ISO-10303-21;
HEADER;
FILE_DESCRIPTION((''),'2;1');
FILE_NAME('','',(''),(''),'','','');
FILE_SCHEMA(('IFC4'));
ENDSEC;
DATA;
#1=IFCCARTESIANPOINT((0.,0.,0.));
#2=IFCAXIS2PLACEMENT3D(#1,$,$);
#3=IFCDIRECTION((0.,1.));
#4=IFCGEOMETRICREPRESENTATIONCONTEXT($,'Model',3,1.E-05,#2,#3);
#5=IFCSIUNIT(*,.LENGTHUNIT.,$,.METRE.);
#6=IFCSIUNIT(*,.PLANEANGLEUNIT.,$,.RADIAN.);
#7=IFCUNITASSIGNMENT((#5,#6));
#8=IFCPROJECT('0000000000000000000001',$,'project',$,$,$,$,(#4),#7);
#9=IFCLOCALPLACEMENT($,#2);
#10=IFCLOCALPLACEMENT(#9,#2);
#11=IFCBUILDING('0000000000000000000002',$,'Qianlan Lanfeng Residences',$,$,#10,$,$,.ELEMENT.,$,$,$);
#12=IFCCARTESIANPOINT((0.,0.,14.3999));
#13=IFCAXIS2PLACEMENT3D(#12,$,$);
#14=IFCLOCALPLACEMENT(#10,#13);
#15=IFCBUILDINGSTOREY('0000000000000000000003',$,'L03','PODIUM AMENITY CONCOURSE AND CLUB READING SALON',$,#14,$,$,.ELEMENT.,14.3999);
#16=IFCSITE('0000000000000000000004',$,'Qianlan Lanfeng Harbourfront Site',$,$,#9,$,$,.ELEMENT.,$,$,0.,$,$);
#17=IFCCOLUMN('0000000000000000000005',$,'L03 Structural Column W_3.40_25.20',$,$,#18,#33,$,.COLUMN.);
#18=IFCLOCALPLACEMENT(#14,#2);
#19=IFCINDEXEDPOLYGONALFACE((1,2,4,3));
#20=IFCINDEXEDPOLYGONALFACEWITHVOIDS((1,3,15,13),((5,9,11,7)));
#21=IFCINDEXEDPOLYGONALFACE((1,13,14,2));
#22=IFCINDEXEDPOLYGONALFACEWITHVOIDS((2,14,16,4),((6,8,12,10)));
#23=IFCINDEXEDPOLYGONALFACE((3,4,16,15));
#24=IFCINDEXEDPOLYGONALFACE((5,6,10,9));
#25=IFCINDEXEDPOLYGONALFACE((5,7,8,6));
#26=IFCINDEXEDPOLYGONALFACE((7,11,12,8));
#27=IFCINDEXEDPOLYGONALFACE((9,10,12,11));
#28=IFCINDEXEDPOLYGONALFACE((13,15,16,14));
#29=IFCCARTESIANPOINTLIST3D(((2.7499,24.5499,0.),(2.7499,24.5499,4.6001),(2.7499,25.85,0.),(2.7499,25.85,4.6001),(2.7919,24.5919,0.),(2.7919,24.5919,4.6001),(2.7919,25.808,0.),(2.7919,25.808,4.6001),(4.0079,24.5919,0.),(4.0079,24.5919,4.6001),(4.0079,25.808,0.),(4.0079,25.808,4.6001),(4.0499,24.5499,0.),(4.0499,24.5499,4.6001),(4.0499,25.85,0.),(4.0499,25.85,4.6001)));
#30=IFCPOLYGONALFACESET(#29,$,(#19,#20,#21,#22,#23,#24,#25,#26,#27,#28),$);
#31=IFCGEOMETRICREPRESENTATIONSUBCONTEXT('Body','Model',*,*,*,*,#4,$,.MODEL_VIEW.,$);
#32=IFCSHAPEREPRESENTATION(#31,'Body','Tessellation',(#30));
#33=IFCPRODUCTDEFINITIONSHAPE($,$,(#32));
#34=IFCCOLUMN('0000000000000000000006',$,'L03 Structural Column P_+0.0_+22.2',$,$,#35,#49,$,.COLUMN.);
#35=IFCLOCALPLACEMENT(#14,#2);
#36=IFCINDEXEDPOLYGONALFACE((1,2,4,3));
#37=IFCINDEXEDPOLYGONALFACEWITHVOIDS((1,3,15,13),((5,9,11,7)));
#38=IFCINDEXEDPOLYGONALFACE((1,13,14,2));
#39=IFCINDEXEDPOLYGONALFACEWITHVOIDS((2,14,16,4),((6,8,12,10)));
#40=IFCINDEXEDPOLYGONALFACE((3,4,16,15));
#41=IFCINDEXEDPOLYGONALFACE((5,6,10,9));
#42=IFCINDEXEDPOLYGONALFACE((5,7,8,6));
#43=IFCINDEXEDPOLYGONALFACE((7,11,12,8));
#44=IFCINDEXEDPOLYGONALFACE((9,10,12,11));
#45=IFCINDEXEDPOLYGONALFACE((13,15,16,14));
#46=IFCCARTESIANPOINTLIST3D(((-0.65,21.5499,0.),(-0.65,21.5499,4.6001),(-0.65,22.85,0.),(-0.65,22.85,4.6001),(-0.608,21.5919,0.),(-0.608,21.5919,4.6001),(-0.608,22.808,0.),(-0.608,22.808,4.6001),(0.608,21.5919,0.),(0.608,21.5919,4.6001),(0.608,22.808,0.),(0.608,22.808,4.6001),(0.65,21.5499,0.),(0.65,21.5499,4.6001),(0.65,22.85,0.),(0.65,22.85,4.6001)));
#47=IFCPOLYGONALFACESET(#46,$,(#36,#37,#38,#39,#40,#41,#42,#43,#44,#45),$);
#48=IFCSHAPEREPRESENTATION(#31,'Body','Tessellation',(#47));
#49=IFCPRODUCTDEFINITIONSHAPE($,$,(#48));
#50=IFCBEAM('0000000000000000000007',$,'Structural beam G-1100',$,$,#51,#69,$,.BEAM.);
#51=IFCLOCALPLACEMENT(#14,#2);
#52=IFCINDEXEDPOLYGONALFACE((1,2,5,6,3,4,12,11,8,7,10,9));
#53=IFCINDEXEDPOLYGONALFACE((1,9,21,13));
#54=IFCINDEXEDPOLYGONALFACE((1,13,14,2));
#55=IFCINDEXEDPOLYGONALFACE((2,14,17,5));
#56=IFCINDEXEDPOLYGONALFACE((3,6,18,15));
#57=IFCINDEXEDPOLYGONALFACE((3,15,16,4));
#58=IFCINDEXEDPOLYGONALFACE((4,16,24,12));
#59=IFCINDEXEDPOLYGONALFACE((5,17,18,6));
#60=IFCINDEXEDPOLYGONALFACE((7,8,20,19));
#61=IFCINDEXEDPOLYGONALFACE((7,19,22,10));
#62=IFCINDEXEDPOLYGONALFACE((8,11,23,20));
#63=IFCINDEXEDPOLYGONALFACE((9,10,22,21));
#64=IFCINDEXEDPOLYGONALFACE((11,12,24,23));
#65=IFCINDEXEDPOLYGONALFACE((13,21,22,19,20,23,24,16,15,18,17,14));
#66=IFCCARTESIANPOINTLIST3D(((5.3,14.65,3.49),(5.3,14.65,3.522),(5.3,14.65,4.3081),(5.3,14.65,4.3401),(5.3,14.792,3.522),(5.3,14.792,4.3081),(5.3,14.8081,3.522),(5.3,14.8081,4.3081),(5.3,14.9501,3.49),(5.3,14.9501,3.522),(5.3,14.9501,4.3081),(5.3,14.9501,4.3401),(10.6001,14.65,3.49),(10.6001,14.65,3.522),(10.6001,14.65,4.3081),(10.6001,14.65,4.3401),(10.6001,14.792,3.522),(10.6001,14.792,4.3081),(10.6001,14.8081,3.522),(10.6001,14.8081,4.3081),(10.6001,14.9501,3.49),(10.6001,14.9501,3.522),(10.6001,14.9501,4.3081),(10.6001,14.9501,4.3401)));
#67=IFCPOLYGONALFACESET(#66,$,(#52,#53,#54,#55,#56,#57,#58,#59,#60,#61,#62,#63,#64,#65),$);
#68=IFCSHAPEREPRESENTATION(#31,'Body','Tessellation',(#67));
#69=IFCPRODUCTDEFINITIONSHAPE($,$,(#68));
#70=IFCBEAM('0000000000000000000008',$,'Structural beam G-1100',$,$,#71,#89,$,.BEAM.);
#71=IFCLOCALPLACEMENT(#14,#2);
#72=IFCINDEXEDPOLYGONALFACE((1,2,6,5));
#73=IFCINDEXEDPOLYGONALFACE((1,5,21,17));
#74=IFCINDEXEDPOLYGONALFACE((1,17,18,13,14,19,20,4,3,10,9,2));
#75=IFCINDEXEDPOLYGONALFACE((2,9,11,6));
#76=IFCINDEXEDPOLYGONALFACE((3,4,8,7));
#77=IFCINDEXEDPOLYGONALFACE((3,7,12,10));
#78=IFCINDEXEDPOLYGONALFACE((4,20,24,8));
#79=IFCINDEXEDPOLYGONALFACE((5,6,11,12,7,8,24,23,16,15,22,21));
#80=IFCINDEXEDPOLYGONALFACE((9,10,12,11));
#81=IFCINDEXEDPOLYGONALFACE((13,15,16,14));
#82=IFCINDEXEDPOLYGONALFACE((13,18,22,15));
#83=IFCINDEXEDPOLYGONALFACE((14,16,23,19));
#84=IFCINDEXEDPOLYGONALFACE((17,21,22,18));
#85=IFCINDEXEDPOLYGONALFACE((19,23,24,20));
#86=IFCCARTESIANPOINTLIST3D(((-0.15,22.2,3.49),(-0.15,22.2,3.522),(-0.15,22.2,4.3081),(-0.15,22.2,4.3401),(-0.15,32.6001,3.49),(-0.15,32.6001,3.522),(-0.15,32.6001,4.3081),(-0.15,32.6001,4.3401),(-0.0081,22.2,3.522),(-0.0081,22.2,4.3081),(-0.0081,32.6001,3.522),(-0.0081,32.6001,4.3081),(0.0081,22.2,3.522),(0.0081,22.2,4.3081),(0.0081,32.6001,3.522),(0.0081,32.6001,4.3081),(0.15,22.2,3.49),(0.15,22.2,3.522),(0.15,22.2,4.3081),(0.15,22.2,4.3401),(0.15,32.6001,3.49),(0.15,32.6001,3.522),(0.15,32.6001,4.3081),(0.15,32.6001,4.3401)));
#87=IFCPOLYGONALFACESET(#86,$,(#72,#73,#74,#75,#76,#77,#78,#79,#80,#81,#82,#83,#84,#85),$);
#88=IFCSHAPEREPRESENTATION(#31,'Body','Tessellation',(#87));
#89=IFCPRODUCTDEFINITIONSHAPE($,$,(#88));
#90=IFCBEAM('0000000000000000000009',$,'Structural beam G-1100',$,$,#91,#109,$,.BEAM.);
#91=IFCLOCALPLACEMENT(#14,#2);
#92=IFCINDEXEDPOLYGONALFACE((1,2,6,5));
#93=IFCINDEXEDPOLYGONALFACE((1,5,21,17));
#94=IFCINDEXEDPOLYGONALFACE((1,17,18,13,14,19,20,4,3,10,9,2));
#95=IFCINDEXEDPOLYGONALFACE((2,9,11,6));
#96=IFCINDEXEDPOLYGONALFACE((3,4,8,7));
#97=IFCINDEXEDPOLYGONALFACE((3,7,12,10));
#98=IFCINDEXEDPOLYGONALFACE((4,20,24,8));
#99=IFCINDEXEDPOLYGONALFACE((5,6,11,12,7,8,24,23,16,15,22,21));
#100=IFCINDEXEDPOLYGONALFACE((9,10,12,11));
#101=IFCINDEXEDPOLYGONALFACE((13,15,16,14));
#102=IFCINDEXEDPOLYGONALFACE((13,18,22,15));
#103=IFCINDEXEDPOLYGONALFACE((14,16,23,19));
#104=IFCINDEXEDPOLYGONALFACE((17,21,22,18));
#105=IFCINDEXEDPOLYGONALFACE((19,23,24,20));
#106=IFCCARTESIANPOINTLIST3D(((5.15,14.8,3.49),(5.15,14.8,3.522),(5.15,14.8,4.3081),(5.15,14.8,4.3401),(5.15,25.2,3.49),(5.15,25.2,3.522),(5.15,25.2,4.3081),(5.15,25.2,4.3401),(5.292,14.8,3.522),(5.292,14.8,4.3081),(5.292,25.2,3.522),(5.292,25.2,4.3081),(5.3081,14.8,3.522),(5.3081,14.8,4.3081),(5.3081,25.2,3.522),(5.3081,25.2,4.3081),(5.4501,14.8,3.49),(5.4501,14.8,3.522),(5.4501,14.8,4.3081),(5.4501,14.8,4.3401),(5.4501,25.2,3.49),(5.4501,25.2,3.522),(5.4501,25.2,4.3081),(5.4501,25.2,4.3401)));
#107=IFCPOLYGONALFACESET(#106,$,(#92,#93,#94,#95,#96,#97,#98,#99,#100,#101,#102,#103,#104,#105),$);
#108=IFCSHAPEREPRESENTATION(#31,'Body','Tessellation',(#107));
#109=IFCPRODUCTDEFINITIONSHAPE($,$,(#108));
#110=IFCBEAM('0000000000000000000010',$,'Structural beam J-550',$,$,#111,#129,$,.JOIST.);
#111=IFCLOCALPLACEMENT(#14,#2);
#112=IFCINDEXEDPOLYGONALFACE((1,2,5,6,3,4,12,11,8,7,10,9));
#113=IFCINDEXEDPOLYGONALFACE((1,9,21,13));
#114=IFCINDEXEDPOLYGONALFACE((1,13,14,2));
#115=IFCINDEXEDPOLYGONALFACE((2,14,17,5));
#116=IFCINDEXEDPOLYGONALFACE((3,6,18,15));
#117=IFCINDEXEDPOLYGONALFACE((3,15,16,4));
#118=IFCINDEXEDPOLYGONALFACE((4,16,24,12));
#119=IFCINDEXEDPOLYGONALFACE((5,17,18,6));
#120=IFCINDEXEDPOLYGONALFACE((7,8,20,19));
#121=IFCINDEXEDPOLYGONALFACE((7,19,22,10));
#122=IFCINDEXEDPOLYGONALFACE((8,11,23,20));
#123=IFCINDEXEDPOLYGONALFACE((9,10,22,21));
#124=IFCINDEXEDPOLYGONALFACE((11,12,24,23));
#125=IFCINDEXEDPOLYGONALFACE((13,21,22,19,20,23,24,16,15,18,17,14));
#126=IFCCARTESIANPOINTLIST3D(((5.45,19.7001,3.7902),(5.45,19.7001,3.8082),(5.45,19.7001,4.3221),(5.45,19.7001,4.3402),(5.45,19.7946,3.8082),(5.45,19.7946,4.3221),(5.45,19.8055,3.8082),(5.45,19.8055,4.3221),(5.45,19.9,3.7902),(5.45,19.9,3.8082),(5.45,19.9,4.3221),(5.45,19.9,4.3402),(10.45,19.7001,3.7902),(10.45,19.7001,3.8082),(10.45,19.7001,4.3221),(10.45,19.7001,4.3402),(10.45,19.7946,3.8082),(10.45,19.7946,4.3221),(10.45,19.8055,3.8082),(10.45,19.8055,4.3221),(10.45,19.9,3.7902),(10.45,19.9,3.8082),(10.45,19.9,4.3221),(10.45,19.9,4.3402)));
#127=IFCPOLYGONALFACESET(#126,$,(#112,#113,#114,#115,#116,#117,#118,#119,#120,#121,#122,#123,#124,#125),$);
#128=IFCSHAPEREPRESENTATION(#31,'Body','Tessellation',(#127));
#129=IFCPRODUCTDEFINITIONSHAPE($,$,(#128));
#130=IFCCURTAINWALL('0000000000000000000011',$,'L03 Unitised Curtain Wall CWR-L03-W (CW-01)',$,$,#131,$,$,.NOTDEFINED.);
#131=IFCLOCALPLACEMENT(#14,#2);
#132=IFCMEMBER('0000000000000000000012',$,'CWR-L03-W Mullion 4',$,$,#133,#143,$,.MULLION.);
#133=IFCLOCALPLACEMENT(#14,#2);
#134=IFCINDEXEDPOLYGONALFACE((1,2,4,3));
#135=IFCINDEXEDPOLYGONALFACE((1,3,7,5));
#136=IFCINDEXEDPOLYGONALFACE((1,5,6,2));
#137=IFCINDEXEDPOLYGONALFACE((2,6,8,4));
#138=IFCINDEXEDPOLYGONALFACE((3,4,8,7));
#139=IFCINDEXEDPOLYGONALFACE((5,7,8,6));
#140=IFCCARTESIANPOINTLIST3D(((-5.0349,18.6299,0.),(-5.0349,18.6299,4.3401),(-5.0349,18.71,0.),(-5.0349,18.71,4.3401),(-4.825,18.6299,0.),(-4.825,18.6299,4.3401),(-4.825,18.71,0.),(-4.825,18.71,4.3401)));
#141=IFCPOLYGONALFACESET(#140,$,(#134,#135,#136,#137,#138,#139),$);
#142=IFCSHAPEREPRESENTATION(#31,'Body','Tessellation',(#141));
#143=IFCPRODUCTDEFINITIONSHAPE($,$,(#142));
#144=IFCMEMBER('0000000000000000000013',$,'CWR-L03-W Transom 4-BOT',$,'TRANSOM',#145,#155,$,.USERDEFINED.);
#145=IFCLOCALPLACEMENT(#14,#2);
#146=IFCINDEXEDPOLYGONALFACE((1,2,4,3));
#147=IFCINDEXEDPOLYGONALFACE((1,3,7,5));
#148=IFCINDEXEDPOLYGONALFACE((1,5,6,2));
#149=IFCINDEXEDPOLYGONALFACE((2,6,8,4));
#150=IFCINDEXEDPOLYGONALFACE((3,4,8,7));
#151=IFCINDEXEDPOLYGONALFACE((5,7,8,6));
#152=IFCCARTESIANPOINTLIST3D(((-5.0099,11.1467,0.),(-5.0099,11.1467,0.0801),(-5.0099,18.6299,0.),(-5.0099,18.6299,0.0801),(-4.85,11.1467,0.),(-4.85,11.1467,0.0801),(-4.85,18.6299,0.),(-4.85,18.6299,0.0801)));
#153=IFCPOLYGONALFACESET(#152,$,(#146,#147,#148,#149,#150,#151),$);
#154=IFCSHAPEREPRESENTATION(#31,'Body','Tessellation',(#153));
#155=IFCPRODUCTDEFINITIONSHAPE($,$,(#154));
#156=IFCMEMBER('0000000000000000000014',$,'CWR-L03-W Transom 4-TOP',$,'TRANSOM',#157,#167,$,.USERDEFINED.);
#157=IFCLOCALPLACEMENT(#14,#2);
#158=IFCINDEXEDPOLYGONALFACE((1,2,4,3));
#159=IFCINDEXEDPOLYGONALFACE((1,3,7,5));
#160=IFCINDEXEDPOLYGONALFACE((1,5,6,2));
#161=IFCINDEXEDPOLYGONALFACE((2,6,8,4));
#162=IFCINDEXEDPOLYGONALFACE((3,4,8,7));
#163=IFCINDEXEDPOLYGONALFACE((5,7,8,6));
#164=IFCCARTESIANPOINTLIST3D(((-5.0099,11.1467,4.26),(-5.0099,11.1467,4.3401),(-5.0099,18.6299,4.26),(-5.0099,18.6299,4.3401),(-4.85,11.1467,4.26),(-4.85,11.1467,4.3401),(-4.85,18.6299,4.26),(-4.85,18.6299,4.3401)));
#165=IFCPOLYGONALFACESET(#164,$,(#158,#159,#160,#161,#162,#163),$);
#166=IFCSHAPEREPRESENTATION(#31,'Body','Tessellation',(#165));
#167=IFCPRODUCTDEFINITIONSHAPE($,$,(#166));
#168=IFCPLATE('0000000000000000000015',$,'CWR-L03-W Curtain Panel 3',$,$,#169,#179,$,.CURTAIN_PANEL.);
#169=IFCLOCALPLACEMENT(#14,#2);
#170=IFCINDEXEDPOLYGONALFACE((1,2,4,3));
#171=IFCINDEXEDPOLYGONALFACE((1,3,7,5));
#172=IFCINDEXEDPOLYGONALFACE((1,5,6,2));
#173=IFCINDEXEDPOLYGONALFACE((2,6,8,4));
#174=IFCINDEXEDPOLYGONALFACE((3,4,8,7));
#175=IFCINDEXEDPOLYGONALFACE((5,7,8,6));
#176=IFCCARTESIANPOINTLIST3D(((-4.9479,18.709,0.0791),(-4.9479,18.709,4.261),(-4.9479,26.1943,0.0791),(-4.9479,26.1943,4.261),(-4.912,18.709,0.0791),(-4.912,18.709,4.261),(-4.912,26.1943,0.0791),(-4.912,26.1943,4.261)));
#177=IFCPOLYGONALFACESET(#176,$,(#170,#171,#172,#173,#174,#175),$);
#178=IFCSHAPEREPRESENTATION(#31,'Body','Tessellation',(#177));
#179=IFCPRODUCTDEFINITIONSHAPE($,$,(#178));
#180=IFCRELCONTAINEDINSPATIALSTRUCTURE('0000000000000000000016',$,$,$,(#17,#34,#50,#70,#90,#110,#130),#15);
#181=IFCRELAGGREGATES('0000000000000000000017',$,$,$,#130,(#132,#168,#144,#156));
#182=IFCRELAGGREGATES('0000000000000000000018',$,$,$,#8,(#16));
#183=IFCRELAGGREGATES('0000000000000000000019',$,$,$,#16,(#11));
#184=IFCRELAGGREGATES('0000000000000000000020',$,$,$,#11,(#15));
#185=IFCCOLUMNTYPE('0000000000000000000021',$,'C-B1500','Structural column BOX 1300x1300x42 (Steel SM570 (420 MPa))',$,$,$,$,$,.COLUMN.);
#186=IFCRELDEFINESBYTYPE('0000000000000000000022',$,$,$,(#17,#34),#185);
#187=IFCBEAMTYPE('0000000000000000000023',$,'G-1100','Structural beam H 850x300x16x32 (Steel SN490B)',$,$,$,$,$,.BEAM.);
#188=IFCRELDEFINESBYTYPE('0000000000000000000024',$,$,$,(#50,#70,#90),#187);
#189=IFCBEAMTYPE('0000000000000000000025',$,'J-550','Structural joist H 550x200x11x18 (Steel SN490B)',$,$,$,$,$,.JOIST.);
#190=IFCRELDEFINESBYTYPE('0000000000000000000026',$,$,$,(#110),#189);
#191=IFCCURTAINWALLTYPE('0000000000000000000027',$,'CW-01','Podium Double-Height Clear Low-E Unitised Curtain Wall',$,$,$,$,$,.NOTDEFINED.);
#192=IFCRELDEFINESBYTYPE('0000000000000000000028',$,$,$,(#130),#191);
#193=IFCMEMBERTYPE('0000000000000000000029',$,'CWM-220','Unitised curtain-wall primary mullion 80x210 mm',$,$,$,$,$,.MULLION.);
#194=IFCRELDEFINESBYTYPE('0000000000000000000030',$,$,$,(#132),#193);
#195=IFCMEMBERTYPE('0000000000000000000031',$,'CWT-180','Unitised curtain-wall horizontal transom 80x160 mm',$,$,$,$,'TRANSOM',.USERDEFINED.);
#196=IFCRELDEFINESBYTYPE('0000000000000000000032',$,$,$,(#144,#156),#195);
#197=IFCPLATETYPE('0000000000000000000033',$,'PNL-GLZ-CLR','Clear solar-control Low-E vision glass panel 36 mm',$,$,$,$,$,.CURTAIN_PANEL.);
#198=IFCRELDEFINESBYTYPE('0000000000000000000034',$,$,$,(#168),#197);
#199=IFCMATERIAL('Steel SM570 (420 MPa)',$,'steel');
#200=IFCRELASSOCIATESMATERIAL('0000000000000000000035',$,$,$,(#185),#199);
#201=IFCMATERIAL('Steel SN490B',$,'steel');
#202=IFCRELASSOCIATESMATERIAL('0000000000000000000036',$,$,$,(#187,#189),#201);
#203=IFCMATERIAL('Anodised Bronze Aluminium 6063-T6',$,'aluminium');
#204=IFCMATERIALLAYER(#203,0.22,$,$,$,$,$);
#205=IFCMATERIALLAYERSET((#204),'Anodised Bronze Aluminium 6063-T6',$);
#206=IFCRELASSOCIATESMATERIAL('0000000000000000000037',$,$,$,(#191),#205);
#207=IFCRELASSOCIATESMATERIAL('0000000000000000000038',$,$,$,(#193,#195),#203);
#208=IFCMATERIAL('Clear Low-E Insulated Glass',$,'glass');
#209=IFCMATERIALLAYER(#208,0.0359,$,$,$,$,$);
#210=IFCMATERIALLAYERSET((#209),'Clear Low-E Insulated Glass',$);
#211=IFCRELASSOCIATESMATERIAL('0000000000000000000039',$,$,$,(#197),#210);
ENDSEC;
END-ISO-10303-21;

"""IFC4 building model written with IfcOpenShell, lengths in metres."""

from ifc_helpers import new_model, si_unit, direction, frame, origin, origin_2d, place, context, subcontext, project, spatial, rectangle, hollow_rectangle, i_section, extrude, source, transform, mapped, material, layer, layer_set, material_profile, profile_set, type_object, element, aggregate, save


model = new_model("IFC4")

# Units and contexts
model_context = context("Model", 3, precision=1e-05, world=origin(), true_north=direction((0.0, 1.0)))
body_context = subcontext(model_context, "Body", "Model", "MODEL_VIEW")
ifc_project = project(units=[si_unit("LENGTHUNIT", "METRE"), si_unit("PLANEANGLEUNIT", "RADIAN")], contexts=[model_context])

# Site, building, storey
site_placement = place(None, origin())
site = spatial("IfcSite", under=ifc_project, at=site_placement, Name="Qianlan Lanfeng Harbourfront Site", CompositionType="ELEMENT", RefElevation=0.0)
building_placement = place(site_placement, origin())
building = spatial("IfcBuilding", under=site, at=building_placement, Name="Qianlan Lanfeng Residences", CompositionType="ELEMENT")
storey_placement = place(building_placement, frame((0.0, 0.0, 14.3999)))
storey = spatial("IfcBuildingStorey", under=building, at=storey_placement, Name="L03", Description="PODIUM AMENITY CONCOURSE AND CLUB READING SALON", CompositionType="ELEMENT", Elevation=14.3999)

# Columns
ifc_material_1 = material(Name="Steel SM570 (420 MPa)", Category="steel")
ifc_material_profile_1 = material_profile(ifc_material_1, hollow_rectangle(XDim=1.3, YDim=1.3, WallThickness=0.042, at=origin_2d()), Name="BOX 1300x1300x42")
ifc_profile_set_1 = profile_set([ifc_material_profile_1], Name="Steel SM570 (420 MPa)")
column_type = type_object("IfcColumnType", Name="C-B1500", Description="Structural column BOX 1300x1300x42 (Steel SM570 (420 MPa))", PredefinedType="COLUMN", material=ifc_profile_set_1)
for number, where, z_axis, x_axis, name in (
    (1, (3.3999, 25.2, 0.0), (0.0, 0.0, 1.0), (1.0, 0.0, 0.0), "L03 Structural Column W_3.40_25.20"),
    (2, (0.0, 22.2, 0.0), (0.0, 0.0, 1.0), (1.0, 0.0, 0.0), "L03 Structural Column P_+0.0_+22.2"),
):
    element("IfcColumn", number, at=place(storey_placement, frame(where, z_axis=z_axis, x_axis=x_axis)), inside=storey, type_object=column_type, Name=name, PredefinedType="COLUMN", context=body_context, shape_type="SweptSolid", body=[
        extrude(hollow_rectangle(XDim=1.3, YDim=1.3, WallThickness=0.042, at=origin_2d()), origin(), (0.0, 0.0, 1.0), 4.6001),
    ])

# Beams
ifc_material_2 = material(Name="Steel SN490B", Category="steel")
ifc_material_profile_2 = material_profile(ifc_material_2, i_section(OverallWidth=0.3, OverallDepth=0.8501, WebThickness=0.0161, FlangeThickness=0.032, at=origin_2d()), Name="H 850x300x16x32")
ifc_profile_set_2 = profile_set([ifc_material_profile_2], Name="Steel SN490B")
beam_type_1 = type_object("IfcBeamType", Name="G-1100", Description="Structural beam H 850x300x16x32 (Steel SN490B)", PredefinedType="BEAM", material=ifc_profile_set_2)
beam_1_placement = place(storey_placement, frame((5.3, 14.8, 3.915), z_axis=(1.0, 0.0, 0.0), x_axis=(0.0, 1.0, 0.0)))
element("IfcBeam", 3, at=beam_1_placement, inside=storey, type_object=beam_type_1, Name="Structural beam G-1100", PredefinedType="BEAM", context=body_context, shape_type="SweptSolid", body=[
    extrude(i_section(OverallWidth=0.3, OverallDepth=0.8501, WebThickness=0.0161, FlangeThickness=0.032, at=origin_2d()), origin(), (0.0, 0.0, 1.0), 5.3),
])
beam_2_placement = place(storey_placement, frame((0.0, 22.2, 3.915), z_axis=(0.0, 1.0, 0.0), x_axis=(-1.0, 0.0, 0.0)))
element("IfcBeam", 4, at=beam_2_placement, inside=storey, type_object=beam_type_1, Name="Structural beam G-1100", PredefinedType="BEAM", context=body_context, shape_type="SweptSolid", body=[
    extrude(i_section(OverallWidth=0.3, OverallDepth=0.8501, WebThickness=0.0161, FlangeThickness=0.032, at=origin_2d()), origin(), (0.0, 0.0, 1.0), 10.4001),
])
beam_3_placement = place(storey_placement, frame((5.3, 14.8, 3.915), z_axis=(0.0, 1.0, 0.0), x_axis=(-1.0, 0.0, 0.0)))
element("IfcBeam", 5, at=beam_3_placement, inside=storey, type_object=beam_type_1, Name="Structural beam G-1100", PredefinedType="BEAM", context=body_context, shape_type="SweptSolid", body=[
    extrude(i_section(OverallWidth=0.3, OverallDepth=0.8501, WebThickness=0.0161, FlangeThickness=0.032, at=origin_2d()), origin(), (0.0, 0.0, 1.0), 10.3999),
])
ifc_material_profile_3 = material_profile(ifc_material_2, i_section(OverallWidth=0.2, OverallDepth=0.55, WebThickness=0.011, FlangeThickness=0.0181, at=origin_2d()), Name="H 550x200x11x18")
ifc_profile_set_3 = profile_set([ifc_material_profile_3], Name="Steel SN490B")
beam_type_2 = type_object("IfcBeamType", Name="J-550", Description="Structural joist H 550x200x11x18 (Steel SN490B)", PredefinedType="JOIST", material=ifc_profile_set_3)
beam_4_placement = place(storey_placement, frame((5.45, 19.8, 4.0652), z_axis=(1.0, 0.0, 0.0), x_axis=(0.0, 1.0, 0.0)))
element("IfcBeam", 6, at=beam_4_placement, inside=storey, type_object=beam_type_2, Name="Structural beam J-550", PredefinedType="JOIST", context=body_context, shape_type="SweptSolid", body=[
    extrude(i_section(OverallWidth=0.2, OverallDepth=0.55, WebThickness=0.011, FlangeThickness=0.0181, at=origin_2d()), origin(), (0.0, 0.0, 1.0), 5.0),
])

# Curtain wall, members, plate
ifc_material_3 = material(Name="Anodised Bronze Aluminium 6063-T6", Category="aluminium")
ifc_layer_1 = layer(ifc_material_3, 0.22)
ifc_layer_set_1 = layer_set([ifc_layer_1], Name="Anodised Bronze Aluminium 6063-T6")
curtain_wall_type = type_object("IfcCurtainWallType", Name="CW-01", Description="Podium Double-Height Clear Low-E Unitised Curtain Wall", PredefinedType="NOTDEFINED", material=ifc_layer_set_1)
curtain_wall_placement = place(storey_placement, origin())
curtain_wall = element("IfcCurtainWall", 7, at=curtain_wall_placement, inside=storey, type_object=curtain_wall_type, Name="L03 Unitised Curtain Wall CWR-L03-W (CW-01)", PredefinedType="NOTDEFINED")
ifc_material_profile_4 = material_profile(ifc_material_3, rectangle(XDim=0.0801, YDim=0.21, at=origin_2d()), Name="ALU MULLION 80x210")
ifc_profile_set_4 = profile_set([ifc_material_profile_4], Name="Anodised Bronze Aluminium 6063-T6")
member_type_1 = type_object("IfcMemberType", Name="CWM-220", Description="Unitised curtain-wall primary mullion 80x210 mm", PredefinedType="MULLION", material=ifc_profile_set_4)
shared_shape_1 = source(origin(), body_context, "Body", "SweptSolid", [
    extrude(rectangle(XDim=0.0801, YDim=0.21, at=origin_2d()), origin(), (0.0, 0.0, 1.0), 4.3401),
])
member_1_placement = place(storey_placement, frame((-4.9299, 18.6699, 0.0), z_axis=(0.0, 0.0, 1.0), x_axis=(0.0, -1.0, 0.0)))
member_1 = element("IfcMember", 8, at=member_1_placement, type_object=member_type_1, Name="CWR-L03-W Mullion 4", PredefinedType="MULLION", context=body_context, shape_type="MappedRepresentation", body=[
    mapped(shared_shape_1, transform((0.0, 0.0, 0.0), scale=1.0)),
])
ifc_material_profile_5 = material_profile(ifc_material_3, rectangle(XDim=0.0801, YDim=0.1599, at=origin_2d()), Name="ALU TRANSOM 80x160")
ifc_profile_set_5 = profile_set([ifc_material_profile_5], Name="Anodised Bronze Aluminium 6063-T6")
member_type_2 = type_object("IfcMemberType", Name="CWT-180", Description="Unitised curtain-wall horizontal transom 80x160 mm", ElementType="TRANSOM", PredefinedType="USERDEFINED", material=ifc_profile_set_5)
shared_shape_2 = source(origin(), body_context, "Body", "SweptSolid", [
    extrude(rectangle(XDim=0.0801, YDim=0.1599, at=origin_2d()), origin(), (0.0, 0.0, 1.0), 7.4832),
])
member_2_placement = place(storey_placement, frame((-4.9299, 18.6299, 0.04), z_axis=(0.0, -1.0, 0.0), x_axis=(0.0, 0.0, 1.0)))
member_2 = element("IfcMember", 9, at=member_2_placement, type_object=member_type_2, Name="CWR-L03-W Transom 4-BOT", ObjectType="TRANSOM", PredefinedType="USERDEFINED", context=body_context, shape_type="MappedRepresentation", body=[
    mapped(shared_shape_2, transform((0.0, 0.0, 0.0), scale=1.0)),
])
member_3_placement = place(storey_placement, frame((-4.9299, 18.6299, 4.3), z_axis=(0.0, -1.0, 0.0), x_axis=(0.0, 0.0, 1.0)))
member_3 = element("IfcMember", 10, at=member_3_placement, type_object=member_type_2, Name="CWR-L03-W Transom 4-TOP", ObjectType="TRANSOM", PredefinedType="USERDEFINED", context=body_context, shape_type="MappedRepresentation", body=[
    mapped(shared_shape_2, transform((0.0, 0.0, 0.0), scale=1.0)),
])
ifc_material_4 = material(Name="Clear Low-E Insulated Glass", Category="glass")
ifc_layer_2 = layer(ifc_material_4, 0.0359)
ifc_layer_set_2 = layer_set([ifc_layer_2], Name="Clear Low-E Insulated Glass")
plate_type = type_object("IfcPlateType", Name="PNL-GLZ-CLR", Description="Clear solar-control Low-E vision glass panel 36 mm", PredefinedType="CURTAIN_PANEL", material=ifc_layer_set_2)
shared_shape_3 = source(origin(), body_context, "Body", "SweptSolid", [
    extrude(rectangle(XDim=7.4854, YDim=0.0359, at=origin_2d()), origin(), (0.0, 0.0, 1.0), 4.1819),
])
plate_1_placement = place(storey_placement, frame((-4.9299, 22.4517, 0.0791), z_axis=(0.0, 0.0, 1.0), x_axis=(0.0, -1.0, 0.0)))
plate_1 = element("IfcPlate", 11, at=plate_1_placement, type_object=plate_type, Name="CWR-L03-W Curtain Panel 3", PredefinedType="CURTAIN_PANEL", context=body_context, shape_type="MappedRepresentation", body=[
    mapped(shared_shape_3, transform((0.0, 0.0, 0.0), scale=1.0)),
])
aggregate(curtain_wall, [member_1, plate_1, member_2, member_3])

save(model, "model.ifc")
